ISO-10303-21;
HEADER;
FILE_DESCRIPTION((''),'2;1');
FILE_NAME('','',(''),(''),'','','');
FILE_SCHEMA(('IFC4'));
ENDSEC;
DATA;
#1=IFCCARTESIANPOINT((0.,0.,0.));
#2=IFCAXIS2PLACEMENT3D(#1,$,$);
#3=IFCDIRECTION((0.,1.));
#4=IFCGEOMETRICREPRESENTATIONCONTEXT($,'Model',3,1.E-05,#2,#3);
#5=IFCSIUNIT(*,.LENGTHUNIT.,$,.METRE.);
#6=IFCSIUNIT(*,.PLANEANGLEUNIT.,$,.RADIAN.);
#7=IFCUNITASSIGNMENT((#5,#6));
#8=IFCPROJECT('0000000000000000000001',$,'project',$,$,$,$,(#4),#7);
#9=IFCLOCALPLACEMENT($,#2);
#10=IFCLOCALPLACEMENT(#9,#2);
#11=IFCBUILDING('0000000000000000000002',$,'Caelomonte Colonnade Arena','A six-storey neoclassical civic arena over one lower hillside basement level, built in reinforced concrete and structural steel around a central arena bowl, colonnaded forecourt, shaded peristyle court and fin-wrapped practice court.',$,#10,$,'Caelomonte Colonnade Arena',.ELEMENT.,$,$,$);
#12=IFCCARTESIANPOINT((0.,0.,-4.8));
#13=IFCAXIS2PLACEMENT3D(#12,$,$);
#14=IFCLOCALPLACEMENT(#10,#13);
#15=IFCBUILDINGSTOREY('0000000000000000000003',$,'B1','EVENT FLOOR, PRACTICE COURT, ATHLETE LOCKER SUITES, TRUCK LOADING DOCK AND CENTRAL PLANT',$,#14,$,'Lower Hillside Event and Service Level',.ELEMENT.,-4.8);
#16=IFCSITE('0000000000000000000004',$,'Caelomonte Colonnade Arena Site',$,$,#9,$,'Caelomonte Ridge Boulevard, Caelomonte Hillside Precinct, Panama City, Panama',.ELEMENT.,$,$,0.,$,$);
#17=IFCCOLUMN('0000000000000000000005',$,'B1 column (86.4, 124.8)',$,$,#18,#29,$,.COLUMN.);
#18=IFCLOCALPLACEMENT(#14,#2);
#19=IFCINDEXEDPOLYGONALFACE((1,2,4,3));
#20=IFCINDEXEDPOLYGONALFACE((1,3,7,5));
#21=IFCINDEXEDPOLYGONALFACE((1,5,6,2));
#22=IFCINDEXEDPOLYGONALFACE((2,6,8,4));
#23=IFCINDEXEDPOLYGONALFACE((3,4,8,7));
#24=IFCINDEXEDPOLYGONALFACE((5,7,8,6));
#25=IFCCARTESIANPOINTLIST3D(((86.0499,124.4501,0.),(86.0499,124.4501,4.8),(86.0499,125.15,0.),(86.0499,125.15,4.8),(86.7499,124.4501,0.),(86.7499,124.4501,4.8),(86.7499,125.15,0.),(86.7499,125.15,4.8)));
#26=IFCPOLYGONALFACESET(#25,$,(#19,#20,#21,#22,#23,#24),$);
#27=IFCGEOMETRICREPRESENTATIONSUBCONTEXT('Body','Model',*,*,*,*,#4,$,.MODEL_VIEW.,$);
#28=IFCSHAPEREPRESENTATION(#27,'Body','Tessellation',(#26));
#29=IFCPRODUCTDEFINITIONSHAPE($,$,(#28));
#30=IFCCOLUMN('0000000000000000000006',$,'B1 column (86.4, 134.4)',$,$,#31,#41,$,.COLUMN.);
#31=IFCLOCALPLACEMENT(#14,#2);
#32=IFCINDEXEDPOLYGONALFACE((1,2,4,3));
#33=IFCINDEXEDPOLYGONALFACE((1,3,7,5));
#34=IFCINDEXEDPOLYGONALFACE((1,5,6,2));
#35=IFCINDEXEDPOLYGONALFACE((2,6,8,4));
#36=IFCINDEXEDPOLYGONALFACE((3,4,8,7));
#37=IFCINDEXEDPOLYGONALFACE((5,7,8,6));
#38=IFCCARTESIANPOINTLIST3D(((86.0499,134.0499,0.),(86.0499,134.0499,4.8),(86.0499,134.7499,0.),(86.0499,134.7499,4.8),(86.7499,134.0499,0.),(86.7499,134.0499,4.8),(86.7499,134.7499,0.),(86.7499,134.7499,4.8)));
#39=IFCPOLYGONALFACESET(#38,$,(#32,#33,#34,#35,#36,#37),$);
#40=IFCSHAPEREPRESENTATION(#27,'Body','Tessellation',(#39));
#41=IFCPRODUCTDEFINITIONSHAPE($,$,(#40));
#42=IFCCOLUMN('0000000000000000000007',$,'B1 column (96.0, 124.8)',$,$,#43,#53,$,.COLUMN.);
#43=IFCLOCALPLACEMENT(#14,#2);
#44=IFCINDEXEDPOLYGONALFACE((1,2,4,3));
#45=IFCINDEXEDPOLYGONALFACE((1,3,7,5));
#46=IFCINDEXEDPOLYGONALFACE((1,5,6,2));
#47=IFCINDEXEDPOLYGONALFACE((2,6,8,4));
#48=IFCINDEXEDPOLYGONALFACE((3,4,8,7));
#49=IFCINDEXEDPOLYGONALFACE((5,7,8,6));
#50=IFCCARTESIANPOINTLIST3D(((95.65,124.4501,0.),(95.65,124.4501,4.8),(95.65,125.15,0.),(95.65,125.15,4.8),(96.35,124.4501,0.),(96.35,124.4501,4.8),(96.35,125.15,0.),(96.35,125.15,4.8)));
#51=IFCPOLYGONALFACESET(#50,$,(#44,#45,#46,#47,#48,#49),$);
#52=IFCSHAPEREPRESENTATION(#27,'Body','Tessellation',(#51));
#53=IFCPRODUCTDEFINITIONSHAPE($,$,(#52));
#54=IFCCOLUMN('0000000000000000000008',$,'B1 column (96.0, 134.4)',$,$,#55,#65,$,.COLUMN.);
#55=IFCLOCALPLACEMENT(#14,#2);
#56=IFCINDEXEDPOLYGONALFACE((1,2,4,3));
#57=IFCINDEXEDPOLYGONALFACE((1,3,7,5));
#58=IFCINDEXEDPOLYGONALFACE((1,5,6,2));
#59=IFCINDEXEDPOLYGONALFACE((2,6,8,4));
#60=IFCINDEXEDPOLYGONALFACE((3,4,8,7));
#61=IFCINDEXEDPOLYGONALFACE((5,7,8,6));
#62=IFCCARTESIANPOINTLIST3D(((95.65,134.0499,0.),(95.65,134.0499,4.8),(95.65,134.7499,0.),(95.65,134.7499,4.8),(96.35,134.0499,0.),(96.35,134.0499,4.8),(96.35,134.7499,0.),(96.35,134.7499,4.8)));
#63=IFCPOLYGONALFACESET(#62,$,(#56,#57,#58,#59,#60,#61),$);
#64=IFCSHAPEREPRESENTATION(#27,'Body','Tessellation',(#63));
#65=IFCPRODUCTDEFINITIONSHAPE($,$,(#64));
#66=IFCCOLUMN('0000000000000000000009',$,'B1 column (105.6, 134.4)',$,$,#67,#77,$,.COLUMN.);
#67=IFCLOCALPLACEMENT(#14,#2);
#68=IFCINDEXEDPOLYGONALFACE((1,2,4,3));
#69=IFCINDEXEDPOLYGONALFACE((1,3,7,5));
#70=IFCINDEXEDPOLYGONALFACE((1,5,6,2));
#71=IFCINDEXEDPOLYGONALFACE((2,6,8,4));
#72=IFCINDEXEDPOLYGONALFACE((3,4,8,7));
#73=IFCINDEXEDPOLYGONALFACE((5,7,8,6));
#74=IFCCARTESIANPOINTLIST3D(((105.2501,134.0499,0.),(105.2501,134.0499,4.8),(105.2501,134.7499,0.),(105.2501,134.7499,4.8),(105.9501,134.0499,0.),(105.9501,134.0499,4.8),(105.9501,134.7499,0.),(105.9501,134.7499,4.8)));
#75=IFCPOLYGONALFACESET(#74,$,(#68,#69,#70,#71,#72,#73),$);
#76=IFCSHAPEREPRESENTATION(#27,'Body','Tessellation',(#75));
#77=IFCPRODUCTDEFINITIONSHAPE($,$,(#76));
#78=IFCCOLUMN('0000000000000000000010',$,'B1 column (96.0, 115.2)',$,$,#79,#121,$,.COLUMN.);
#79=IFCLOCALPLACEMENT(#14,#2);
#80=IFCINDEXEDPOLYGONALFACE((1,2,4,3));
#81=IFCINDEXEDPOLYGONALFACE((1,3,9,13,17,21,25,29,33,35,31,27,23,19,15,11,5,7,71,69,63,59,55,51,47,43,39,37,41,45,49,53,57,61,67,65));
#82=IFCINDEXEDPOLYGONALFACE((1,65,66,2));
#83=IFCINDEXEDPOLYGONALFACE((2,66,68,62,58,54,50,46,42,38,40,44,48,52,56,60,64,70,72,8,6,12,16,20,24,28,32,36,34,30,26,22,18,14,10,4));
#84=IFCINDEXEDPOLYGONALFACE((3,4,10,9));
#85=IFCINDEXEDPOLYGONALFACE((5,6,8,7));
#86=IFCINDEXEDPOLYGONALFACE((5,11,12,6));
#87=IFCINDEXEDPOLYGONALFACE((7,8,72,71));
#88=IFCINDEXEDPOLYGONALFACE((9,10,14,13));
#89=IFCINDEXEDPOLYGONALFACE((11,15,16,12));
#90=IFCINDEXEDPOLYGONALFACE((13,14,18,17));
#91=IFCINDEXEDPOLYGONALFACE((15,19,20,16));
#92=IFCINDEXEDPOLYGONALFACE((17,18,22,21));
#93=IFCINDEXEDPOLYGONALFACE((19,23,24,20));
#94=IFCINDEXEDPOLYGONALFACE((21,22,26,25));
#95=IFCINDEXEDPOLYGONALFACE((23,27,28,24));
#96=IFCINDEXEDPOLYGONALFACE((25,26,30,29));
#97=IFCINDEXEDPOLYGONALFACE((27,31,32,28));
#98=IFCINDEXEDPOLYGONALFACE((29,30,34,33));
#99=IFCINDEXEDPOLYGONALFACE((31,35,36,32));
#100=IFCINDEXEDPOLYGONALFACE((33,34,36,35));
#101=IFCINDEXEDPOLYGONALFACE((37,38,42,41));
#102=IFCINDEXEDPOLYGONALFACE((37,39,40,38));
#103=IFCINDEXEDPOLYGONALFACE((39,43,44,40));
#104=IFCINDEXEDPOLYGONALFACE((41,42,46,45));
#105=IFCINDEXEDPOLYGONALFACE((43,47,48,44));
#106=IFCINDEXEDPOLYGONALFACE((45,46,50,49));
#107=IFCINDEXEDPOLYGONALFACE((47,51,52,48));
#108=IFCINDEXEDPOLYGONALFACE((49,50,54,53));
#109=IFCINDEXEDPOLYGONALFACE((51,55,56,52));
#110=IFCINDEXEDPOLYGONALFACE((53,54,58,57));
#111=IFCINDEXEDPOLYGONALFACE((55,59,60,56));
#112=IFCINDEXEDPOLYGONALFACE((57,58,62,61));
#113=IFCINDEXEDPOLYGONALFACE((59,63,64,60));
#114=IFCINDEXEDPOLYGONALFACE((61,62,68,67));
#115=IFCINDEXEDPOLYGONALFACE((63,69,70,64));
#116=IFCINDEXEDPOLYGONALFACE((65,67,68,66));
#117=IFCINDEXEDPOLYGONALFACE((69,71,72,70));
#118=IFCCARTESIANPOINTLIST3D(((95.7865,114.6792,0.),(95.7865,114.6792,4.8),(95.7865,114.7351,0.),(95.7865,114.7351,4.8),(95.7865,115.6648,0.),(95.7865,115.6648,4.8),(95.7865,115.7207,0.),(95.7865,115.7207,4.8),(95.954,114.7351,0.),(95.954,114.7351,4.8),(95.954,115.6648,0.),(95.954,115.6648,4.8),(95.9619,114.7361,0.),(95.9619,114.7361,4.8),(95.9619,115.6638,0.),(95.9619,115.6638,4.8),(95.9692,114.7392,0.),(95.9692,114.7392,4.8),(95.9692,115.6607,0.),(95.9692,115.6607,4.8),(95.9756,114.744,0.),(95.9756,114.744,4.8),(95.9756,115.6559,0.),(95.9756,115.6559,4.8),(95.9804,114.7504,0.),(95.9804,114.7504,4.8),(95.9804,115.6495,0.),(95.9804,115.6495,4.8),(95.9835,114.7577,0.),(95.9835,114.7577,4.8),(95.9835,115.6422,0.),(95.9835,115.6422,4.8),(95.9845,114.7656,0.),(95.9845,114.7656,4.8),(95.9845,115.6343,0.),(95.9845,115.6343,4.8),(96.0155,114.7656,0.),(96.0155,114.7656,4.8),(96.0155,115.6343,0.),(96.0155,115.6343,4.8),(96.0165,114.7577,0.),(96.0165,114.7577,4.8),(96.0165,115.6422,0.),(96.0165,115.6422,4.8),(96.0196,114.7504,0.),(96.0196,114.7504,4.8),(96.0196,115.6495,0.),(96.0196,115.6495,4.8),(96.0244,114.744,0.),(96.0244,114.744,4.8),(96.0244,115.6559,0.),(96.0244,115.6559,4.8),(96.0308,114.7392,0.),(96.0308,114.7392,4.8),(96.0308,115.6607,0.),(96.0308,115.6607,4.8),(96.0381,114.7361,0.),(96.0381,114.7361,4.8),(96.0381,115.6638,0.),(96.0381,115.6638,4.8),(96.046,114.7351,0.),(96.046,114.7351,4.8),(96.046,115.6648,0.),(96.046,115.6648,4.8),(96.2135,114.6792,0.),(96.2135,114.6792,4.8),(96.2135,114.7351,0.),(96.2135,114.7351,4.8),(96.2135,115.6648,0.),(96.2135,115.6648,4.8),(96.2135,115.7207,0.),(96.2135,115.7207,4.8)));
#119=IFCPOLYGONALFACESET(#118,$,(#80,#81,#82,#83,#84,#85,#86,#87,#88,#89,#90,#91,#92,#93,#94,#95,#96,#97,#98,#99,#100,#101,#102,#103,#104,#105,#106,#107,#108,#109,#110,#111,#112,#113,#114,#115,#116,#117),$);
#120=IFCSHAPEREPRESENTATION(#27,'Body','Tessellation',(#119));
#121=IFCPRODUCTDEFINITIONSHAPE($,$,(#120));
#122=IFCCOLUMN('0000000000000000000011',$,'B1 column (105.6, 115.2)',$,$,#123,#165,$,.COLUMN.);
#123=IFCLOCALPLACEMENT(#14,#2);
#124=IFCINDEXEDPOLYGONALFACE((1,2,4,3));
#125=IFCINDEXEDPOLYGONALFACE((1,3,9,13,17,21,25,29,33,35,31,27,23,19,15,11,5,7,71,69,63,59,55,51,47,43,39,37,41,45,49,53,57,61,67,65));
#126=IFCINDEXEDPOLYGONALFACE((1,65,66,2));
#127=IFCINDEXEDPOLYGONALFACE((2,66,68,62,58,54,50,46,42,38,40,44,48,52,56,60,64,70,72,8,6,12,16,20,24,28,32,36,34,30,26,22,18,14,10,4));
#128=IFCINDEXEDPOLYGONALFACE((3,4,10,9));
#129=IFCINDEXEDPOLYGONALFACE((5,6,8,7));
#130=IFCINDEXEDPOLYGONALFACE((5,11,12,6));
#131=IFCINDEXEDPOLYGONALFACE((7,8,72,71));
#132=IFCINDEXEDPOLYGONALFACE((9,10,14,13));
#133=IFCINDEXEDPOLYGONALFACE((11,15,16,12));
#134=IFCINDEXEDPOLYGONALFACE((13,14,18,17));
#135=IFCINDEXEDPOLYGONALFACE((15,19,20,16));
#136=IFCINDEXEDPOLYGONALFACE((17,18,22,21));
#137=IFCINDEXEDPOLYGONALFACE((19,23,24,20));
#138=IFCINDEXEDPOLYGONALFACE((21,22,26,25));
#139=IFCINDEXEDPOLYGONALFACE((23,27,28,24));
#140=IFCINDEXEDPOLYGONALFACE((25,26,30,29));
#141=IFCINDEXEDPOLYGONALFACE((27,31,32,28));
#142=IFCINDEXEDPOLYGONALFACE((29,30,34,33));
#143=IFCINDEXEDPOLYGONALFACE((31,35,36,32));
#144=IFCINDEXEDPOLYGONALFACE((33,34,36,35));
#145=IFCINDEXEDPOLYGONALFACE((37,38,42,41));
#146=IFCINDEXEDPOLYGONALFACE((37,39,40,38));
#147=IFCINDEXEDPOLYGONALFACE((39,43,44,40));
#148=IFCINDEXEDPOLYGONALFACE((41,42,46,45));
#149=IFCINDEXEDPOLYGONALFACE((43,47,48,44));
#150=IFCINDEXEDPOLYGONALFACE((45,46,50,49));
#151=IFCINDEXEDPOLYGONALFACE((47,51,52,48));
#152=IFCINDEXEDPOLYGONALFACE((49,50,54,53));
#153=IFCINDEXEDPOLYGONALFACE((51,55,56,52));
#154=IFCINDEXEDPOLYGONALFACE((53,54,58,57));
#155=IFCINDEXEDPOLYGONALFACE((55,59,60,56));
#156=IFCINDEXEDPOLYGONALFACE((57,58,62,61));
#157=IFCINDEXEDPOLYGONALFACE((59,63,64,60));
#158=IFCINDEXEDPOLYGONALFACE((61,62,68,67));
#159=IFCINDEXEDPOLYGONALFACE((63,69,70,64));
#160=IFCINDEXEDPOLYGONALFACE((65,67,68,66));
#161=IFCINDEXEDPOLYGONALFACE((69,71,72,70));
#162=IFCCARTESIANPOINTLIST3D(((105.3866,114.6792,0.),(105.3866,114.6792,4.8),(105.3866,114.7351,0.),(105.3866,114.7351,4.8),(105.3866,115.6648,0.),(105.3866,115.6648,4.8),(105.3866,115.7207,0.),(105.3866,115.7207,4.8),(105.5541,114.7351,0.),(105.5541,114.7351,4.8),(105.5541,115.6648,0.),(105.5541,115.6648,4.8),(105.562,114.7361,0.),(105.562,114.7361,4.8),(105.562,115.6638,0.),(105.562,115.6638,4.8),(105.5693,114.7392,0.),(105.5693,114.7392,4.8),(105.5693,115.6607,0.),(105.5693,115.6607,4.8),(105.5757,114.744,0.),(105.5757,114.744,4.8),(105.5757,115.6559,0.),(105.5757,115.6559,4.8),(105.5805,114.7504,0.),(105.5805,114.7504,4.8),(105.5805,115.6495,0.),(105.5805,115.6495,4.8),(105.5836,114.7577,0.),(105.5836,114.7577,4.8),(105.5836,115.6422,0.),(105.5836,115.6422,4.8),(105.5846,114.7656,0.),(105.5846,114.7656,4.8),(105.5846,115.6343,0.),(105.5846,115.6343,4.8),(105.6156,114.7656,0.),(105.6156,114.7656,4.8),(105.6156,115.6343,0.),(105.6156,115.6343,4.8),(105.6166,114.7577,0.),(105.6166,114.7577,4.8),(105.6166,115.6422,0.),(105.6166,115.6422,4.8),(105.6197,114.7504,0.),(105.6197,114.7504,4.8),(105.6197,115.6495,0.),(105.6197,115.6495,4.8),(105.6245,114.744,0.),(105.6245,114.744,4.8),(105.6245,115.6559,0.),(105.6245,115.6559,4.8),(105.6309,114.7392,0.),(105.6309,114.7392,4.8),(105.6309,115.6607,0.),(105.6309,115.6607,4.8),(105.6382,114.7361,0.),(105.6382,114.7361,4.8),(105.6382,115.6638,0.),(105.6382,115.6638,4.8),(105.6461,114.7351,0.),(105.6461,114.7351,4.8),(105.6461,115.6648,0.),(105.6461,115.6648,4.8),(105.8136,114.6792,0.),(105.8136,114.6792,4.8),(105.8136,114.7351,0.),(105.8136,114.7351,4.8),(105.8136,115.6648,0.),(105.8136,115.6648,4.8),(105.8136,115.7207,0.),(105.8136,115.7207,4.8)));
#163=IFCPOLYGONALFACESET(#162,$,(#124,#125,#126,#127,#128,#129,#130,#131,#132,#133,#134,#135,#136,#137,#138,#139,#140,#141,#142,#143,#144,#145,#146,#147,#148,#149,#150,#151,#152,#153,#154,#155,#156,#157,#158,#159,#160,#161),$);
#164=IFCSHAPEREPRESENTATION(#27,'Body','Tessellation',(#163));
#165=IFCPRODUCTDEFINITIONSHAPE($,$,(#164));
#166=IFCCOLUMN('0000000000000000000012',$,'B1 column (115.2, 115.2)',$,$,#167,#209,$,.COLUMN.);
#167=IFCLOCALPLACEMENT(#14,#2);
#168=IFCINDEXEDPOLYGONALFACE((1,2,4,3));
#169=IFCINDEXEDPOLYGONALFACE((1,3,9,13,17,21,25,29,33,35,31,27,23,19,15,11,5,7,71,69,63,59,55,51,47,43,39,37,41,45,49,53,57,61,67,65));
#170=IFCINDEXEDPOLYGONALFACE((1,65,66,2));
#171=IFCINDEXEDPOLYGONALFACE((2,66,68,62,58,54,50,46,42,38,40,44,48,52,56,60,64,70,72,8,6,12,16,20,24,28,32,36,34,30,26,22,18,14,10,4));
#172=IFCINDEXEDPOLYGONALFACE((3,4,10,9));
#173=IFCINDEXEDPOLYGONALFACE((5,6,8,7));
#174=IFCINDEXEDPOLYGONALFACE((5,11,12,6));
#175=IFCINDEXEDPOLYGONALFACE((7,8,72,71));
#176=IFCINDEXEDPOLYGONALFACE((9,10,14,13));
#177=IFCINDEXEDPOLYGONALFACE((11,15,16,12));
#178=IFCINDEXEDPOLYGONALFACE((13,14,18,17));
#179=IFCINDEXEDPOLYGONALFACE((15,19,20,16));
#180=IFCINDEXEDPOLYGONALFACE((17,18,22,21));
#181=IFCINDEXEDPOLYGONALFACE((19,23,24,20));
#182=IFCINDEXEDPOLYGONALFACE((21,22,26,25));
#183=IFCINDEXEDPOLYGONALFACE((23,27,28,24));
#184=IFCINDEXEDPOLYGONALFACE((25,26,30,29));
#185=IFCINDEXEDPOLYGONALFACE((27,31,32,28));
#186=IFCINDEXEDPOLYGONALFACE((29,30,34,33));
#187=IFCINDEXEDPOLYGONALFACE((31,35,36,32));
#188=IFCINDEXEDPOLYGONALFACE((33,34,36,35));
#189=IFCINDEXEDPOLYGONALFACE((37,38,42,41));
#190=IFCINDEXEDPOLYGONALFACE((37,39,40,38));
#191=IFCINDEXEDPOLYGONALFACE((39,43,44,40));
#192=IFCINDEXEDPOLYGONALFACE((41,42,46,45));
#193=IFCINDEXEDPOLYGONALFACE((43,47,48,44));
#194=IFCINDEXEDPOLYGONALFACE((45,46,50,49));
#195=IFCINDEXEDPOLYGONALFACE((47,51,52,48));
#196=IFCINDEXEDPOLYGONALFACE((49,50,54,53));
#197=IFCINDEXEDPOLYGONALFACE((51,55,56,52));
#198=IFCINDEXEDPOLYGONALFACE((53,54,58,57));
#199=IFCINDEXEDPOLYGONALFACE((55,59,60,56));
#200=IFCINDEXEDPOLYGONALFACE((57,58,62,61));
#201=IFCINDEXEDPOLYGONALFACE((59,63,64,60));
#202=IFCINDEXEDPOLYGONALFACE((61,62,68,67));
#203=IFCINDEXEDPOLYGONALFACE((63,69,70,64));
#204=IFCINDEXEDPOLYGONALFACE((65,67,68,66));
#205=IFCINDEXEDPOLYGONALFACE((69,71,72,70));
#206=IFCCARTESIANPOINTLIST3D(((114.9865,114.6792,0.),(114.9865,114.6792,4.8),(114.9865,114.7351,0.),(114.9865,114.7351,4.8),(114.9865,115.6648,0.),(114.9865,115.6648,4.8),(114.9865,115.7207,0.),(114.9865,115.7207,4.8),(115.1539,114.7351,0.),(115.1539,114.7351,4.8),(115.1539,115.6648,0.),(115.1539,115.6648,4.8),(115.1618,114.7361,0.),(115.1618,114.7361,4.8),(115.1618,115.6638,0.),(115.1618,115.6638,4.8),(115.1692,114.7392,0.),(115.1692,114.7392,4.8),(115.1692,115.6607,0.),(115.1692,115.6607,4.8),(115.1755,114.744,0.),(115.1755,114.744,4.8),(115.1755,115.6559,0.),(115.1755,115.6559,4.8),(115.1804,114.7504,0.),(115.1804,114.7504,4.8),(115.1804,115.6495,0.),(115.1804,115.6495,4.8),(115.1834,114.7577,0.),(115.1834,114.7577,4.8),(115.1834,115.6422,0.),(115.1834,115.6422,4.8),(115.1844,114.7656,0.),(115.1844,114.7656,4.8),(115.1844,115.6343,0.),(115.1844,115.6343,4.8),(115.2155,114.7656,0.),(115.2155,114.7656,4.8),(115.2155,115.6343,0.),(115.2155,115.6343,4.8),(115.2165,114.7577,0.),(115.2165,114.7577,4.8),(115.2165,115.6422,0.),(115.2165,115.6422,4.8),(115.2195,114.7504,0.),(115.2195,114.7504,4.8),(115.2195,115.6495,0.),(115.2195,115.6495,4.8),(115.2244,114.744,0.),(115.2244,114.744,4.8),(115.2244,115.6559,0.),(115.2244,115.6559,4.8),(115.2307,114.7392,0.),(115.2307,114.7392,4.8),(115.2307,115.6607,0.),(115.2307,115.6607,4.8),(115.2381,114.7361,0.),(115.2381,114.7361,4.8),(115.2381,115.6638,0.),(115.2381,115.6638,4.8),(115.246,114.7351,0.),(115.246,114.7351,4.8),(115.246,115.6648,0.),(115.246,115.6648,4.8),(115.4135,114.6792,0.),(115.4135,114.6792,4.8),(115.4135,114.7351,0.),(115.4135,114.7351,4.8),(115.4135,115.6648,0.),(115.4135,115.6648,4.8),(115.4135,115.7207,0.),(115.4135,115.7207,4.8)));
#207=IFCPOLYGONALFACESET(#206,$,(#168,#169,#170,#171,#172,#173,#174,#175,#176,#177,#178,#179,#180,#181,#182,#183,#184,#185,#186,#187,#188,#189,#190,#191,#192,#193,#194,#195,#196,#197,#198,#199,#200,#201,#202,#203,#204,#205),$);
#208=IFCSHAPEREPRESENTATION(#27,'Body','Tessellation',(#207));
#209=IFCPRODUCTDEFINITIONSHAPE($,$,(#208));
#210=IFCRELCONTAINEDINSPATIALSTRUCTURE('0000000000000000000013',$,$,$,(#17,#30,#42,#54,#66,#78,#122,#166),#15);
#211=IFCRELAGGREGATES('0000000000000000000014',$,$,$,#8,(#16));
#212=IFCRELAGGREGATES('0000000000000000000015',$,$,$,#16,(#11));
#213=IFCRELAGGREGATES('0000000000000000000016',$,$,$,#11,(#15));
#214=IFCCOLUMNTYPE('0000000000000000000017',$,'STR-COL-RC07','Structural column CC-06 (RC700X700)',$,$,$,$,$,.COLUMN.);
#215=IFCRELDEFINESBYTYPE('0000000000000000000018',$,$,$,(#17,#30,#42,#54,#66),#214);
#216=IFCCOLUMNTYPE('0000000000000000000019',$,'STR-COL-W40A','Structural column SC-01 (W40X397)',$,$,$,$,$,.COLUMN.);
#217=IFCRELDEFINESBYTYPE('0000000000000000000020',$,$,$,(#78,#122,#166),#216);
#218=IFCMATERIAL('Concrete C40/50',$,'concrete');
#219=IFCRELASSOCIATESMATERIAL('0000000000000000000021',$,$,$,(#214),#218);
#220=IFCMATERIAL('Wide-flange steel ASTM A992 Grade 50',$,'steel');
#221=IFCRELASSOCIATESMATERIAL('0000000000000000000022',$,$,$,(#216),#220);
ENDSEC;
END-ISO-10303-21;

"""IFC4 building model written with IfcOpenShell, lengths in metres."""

from ifc_helpers import new_model, si_unit, direction, frame, origin, origin_2d, place, context, subcontext, project, spatial, rectangle, i_section, extrude, material, material_profile, profile_set, type_object, element, save


model = new_model("IFC4")

# Units and contexts
model_context = context("Model", 3, precision=1e-05, world=origin(), true_north=direction((0.0, 1.0)))
body_context = subcontext(model_context, "Body", "Model", "MODEL_VIEW")
ifc_project = project(units=[si_unit("LENGTHUNIT", "METRE"), si_unit("PLANEANGLEUNIT", "RADIAN")], contexts=[model_context])

# Site, building, storey
site_placement = place(None, origin())
site = spatial("IfcSite", under=ifc_project, at=site_placement, Name="Caelomonte Colonnade Arena Site", LongName="Caelomonte Ridge Boulevard, Caelomonte Hillside Precinct, Panama City, Panama", CompositionType="ELEMENT", RefElevation=0.0)
building_placement = place(site_placement, origin())
building = spatial("IfcBuilding", under=site, at=building_placement, Name="Caelomonte Colonnade Arena", Description="A six-storey neoclassical civic arena over one lower hillside basement level, built in reinforced concrete and structural steel around a central arena bowl, colonnaded forecourt, shaded peristyle court and fin-wrapped practice court.", LongName="Caelomonte Colonnade Arena", CompositionType="ELEMENT")
storey_placement = place(building_placement, frame((0.0, 0.0, -4.8)))
storey = spatial("IfcBuildingStorey", under=building, at=storey_placement, Name="B1", Description="EVENT FLOOR, PRACTICE COURT, ATHLETE LOCKER SUITES, TRUCK LOADING DOCK AND CENTRAL PLANT", LongName="Lower Hillside Event and Service Level", CompositionType="ELEMENT", Elevation=-4.8)

# Shared definitions
ifc_material_1 = material(Name="Concrete C40/50", Category="concrete")

# Columns
ifc_material_profile_1 = material_profile(ifc_material_1, rectangle(XDim=0.7, YDim=0.7, at=origin_2d()), Name="RC700X700")
ifc_profile_set_1 = profile_set([ifc_material_profile_1], Name="Concrete C40/50")
column_type_1 = type_object("IfcColumnType", Name="STR-COL-RC07", Description="Structural column CC-06 (RC700X700)", PredefinedType="COLUMN", material=ifc_profile_set_1)
for number, where, z_axis, x_axis, name in (
    (1, (86.3999, 124.8, 0.0), (0.0, 0.0, 1.0), (1.0, 0.0, 0.0), "B1 column (86.4, 124.8)"),
    (2, (86.3999, 134.3999, 0.0), (0.0, 0.0, 1.0), (1.0, 0.0, 0.0), "B1 column (86.4, 134.4)"),
    (3, (96.0, 124.8, 0.0), (0.0, 0.0, 1.0), (1.0, 0.0, 0.0), "B1 column (96.0, 124.8)"),
    (4, (96.0, 134.3999, 0.0), (0.0, 0.0, 1.0), (1.0, 0.0, 0.0), "B1 column (96.0, 134.4)"),
    (5, (105.6001, 134.3999, 0.0), (0.0, 0.0, 1.0), (1.0, 0.0, 0.0), "B1 column (105.6, 134.4)"),
):
    element("IfcColumn", number, at=place(storey_placement, frame(where, z_axis=z_axis, x_axis=x_axis)), inside=storey, type_object=column_type_1, Name=name, PredefinedType="COLUMN", context=body_context, shape_type="SweptSolid", body=[
        extrude(rectangle(XDim=0.7, YDim=0.7, at=origin_2d()), origin(), (0.0, 0.0, 1.0), 4.8),
    ])
ifc_material_2 = material(Name="Wide-flange steel ASTM A992 Grade 50", Category="steel")
ifc_material_profile_2 = material_profile(ifc_material_2, i_section(OverallWidth=0.427, OverallDepth=1.0415, WebThickness=0.031, FlangeThickness=0.0559, FilletRadius=0.0305, at=origin_2d()), Name="W40X397")
ifc_profile_set_2 = profile_set([ifc_material_profile_2], Name="Wide-flange steel ASTM A992 Grade 50")
column_type_2 = type_object("IfcColumnType", Name="STR-COL-W40A", Description="Structural column SC-01 (W40X397)", PredefinedType="COLUMN", material=ifc_profile_set_2)
for number, where, z_axis, x_axis, name in (
    (6, (96.0, 115.2, 0.0), (0.0, 0.0, 1.0), (1.0, 0.0, 0.0), "B1 column (96.0, 115.2)"),
    (7, (105.6001, 115.2, 0.0), (0.0, 0.0, 1.0), (1.0, 0.0, 0.0), "B1 column (105.6, 115.2)"),
    (8, (115.2, 115.2, 0.0), (0.0, 0.0, 1.0), (1.0, 0.0, 0.0), "B1 column (115.2, 115.2)"),
):
    element("IfcColumn", number, at=place(storey_placement, frame(where, z_axis=z_axis, x_axis=x_axis)), inside=storey, type_object=column_type_2, Name=name, PredefinedType="COLUMN", context=body_context, shape_type="SweptSolid", body=[
        extrude(i_section(OverallWidth=0.427, OverallDepth=1.0415, WebThickness=0.031, FlangeThickness=0.0559, FilletRadius=0.0305, at=origin_2d()), origin(), (0.0, 0.0, 1.0), 4.8),
    ])

save(model, "model.ifc")
